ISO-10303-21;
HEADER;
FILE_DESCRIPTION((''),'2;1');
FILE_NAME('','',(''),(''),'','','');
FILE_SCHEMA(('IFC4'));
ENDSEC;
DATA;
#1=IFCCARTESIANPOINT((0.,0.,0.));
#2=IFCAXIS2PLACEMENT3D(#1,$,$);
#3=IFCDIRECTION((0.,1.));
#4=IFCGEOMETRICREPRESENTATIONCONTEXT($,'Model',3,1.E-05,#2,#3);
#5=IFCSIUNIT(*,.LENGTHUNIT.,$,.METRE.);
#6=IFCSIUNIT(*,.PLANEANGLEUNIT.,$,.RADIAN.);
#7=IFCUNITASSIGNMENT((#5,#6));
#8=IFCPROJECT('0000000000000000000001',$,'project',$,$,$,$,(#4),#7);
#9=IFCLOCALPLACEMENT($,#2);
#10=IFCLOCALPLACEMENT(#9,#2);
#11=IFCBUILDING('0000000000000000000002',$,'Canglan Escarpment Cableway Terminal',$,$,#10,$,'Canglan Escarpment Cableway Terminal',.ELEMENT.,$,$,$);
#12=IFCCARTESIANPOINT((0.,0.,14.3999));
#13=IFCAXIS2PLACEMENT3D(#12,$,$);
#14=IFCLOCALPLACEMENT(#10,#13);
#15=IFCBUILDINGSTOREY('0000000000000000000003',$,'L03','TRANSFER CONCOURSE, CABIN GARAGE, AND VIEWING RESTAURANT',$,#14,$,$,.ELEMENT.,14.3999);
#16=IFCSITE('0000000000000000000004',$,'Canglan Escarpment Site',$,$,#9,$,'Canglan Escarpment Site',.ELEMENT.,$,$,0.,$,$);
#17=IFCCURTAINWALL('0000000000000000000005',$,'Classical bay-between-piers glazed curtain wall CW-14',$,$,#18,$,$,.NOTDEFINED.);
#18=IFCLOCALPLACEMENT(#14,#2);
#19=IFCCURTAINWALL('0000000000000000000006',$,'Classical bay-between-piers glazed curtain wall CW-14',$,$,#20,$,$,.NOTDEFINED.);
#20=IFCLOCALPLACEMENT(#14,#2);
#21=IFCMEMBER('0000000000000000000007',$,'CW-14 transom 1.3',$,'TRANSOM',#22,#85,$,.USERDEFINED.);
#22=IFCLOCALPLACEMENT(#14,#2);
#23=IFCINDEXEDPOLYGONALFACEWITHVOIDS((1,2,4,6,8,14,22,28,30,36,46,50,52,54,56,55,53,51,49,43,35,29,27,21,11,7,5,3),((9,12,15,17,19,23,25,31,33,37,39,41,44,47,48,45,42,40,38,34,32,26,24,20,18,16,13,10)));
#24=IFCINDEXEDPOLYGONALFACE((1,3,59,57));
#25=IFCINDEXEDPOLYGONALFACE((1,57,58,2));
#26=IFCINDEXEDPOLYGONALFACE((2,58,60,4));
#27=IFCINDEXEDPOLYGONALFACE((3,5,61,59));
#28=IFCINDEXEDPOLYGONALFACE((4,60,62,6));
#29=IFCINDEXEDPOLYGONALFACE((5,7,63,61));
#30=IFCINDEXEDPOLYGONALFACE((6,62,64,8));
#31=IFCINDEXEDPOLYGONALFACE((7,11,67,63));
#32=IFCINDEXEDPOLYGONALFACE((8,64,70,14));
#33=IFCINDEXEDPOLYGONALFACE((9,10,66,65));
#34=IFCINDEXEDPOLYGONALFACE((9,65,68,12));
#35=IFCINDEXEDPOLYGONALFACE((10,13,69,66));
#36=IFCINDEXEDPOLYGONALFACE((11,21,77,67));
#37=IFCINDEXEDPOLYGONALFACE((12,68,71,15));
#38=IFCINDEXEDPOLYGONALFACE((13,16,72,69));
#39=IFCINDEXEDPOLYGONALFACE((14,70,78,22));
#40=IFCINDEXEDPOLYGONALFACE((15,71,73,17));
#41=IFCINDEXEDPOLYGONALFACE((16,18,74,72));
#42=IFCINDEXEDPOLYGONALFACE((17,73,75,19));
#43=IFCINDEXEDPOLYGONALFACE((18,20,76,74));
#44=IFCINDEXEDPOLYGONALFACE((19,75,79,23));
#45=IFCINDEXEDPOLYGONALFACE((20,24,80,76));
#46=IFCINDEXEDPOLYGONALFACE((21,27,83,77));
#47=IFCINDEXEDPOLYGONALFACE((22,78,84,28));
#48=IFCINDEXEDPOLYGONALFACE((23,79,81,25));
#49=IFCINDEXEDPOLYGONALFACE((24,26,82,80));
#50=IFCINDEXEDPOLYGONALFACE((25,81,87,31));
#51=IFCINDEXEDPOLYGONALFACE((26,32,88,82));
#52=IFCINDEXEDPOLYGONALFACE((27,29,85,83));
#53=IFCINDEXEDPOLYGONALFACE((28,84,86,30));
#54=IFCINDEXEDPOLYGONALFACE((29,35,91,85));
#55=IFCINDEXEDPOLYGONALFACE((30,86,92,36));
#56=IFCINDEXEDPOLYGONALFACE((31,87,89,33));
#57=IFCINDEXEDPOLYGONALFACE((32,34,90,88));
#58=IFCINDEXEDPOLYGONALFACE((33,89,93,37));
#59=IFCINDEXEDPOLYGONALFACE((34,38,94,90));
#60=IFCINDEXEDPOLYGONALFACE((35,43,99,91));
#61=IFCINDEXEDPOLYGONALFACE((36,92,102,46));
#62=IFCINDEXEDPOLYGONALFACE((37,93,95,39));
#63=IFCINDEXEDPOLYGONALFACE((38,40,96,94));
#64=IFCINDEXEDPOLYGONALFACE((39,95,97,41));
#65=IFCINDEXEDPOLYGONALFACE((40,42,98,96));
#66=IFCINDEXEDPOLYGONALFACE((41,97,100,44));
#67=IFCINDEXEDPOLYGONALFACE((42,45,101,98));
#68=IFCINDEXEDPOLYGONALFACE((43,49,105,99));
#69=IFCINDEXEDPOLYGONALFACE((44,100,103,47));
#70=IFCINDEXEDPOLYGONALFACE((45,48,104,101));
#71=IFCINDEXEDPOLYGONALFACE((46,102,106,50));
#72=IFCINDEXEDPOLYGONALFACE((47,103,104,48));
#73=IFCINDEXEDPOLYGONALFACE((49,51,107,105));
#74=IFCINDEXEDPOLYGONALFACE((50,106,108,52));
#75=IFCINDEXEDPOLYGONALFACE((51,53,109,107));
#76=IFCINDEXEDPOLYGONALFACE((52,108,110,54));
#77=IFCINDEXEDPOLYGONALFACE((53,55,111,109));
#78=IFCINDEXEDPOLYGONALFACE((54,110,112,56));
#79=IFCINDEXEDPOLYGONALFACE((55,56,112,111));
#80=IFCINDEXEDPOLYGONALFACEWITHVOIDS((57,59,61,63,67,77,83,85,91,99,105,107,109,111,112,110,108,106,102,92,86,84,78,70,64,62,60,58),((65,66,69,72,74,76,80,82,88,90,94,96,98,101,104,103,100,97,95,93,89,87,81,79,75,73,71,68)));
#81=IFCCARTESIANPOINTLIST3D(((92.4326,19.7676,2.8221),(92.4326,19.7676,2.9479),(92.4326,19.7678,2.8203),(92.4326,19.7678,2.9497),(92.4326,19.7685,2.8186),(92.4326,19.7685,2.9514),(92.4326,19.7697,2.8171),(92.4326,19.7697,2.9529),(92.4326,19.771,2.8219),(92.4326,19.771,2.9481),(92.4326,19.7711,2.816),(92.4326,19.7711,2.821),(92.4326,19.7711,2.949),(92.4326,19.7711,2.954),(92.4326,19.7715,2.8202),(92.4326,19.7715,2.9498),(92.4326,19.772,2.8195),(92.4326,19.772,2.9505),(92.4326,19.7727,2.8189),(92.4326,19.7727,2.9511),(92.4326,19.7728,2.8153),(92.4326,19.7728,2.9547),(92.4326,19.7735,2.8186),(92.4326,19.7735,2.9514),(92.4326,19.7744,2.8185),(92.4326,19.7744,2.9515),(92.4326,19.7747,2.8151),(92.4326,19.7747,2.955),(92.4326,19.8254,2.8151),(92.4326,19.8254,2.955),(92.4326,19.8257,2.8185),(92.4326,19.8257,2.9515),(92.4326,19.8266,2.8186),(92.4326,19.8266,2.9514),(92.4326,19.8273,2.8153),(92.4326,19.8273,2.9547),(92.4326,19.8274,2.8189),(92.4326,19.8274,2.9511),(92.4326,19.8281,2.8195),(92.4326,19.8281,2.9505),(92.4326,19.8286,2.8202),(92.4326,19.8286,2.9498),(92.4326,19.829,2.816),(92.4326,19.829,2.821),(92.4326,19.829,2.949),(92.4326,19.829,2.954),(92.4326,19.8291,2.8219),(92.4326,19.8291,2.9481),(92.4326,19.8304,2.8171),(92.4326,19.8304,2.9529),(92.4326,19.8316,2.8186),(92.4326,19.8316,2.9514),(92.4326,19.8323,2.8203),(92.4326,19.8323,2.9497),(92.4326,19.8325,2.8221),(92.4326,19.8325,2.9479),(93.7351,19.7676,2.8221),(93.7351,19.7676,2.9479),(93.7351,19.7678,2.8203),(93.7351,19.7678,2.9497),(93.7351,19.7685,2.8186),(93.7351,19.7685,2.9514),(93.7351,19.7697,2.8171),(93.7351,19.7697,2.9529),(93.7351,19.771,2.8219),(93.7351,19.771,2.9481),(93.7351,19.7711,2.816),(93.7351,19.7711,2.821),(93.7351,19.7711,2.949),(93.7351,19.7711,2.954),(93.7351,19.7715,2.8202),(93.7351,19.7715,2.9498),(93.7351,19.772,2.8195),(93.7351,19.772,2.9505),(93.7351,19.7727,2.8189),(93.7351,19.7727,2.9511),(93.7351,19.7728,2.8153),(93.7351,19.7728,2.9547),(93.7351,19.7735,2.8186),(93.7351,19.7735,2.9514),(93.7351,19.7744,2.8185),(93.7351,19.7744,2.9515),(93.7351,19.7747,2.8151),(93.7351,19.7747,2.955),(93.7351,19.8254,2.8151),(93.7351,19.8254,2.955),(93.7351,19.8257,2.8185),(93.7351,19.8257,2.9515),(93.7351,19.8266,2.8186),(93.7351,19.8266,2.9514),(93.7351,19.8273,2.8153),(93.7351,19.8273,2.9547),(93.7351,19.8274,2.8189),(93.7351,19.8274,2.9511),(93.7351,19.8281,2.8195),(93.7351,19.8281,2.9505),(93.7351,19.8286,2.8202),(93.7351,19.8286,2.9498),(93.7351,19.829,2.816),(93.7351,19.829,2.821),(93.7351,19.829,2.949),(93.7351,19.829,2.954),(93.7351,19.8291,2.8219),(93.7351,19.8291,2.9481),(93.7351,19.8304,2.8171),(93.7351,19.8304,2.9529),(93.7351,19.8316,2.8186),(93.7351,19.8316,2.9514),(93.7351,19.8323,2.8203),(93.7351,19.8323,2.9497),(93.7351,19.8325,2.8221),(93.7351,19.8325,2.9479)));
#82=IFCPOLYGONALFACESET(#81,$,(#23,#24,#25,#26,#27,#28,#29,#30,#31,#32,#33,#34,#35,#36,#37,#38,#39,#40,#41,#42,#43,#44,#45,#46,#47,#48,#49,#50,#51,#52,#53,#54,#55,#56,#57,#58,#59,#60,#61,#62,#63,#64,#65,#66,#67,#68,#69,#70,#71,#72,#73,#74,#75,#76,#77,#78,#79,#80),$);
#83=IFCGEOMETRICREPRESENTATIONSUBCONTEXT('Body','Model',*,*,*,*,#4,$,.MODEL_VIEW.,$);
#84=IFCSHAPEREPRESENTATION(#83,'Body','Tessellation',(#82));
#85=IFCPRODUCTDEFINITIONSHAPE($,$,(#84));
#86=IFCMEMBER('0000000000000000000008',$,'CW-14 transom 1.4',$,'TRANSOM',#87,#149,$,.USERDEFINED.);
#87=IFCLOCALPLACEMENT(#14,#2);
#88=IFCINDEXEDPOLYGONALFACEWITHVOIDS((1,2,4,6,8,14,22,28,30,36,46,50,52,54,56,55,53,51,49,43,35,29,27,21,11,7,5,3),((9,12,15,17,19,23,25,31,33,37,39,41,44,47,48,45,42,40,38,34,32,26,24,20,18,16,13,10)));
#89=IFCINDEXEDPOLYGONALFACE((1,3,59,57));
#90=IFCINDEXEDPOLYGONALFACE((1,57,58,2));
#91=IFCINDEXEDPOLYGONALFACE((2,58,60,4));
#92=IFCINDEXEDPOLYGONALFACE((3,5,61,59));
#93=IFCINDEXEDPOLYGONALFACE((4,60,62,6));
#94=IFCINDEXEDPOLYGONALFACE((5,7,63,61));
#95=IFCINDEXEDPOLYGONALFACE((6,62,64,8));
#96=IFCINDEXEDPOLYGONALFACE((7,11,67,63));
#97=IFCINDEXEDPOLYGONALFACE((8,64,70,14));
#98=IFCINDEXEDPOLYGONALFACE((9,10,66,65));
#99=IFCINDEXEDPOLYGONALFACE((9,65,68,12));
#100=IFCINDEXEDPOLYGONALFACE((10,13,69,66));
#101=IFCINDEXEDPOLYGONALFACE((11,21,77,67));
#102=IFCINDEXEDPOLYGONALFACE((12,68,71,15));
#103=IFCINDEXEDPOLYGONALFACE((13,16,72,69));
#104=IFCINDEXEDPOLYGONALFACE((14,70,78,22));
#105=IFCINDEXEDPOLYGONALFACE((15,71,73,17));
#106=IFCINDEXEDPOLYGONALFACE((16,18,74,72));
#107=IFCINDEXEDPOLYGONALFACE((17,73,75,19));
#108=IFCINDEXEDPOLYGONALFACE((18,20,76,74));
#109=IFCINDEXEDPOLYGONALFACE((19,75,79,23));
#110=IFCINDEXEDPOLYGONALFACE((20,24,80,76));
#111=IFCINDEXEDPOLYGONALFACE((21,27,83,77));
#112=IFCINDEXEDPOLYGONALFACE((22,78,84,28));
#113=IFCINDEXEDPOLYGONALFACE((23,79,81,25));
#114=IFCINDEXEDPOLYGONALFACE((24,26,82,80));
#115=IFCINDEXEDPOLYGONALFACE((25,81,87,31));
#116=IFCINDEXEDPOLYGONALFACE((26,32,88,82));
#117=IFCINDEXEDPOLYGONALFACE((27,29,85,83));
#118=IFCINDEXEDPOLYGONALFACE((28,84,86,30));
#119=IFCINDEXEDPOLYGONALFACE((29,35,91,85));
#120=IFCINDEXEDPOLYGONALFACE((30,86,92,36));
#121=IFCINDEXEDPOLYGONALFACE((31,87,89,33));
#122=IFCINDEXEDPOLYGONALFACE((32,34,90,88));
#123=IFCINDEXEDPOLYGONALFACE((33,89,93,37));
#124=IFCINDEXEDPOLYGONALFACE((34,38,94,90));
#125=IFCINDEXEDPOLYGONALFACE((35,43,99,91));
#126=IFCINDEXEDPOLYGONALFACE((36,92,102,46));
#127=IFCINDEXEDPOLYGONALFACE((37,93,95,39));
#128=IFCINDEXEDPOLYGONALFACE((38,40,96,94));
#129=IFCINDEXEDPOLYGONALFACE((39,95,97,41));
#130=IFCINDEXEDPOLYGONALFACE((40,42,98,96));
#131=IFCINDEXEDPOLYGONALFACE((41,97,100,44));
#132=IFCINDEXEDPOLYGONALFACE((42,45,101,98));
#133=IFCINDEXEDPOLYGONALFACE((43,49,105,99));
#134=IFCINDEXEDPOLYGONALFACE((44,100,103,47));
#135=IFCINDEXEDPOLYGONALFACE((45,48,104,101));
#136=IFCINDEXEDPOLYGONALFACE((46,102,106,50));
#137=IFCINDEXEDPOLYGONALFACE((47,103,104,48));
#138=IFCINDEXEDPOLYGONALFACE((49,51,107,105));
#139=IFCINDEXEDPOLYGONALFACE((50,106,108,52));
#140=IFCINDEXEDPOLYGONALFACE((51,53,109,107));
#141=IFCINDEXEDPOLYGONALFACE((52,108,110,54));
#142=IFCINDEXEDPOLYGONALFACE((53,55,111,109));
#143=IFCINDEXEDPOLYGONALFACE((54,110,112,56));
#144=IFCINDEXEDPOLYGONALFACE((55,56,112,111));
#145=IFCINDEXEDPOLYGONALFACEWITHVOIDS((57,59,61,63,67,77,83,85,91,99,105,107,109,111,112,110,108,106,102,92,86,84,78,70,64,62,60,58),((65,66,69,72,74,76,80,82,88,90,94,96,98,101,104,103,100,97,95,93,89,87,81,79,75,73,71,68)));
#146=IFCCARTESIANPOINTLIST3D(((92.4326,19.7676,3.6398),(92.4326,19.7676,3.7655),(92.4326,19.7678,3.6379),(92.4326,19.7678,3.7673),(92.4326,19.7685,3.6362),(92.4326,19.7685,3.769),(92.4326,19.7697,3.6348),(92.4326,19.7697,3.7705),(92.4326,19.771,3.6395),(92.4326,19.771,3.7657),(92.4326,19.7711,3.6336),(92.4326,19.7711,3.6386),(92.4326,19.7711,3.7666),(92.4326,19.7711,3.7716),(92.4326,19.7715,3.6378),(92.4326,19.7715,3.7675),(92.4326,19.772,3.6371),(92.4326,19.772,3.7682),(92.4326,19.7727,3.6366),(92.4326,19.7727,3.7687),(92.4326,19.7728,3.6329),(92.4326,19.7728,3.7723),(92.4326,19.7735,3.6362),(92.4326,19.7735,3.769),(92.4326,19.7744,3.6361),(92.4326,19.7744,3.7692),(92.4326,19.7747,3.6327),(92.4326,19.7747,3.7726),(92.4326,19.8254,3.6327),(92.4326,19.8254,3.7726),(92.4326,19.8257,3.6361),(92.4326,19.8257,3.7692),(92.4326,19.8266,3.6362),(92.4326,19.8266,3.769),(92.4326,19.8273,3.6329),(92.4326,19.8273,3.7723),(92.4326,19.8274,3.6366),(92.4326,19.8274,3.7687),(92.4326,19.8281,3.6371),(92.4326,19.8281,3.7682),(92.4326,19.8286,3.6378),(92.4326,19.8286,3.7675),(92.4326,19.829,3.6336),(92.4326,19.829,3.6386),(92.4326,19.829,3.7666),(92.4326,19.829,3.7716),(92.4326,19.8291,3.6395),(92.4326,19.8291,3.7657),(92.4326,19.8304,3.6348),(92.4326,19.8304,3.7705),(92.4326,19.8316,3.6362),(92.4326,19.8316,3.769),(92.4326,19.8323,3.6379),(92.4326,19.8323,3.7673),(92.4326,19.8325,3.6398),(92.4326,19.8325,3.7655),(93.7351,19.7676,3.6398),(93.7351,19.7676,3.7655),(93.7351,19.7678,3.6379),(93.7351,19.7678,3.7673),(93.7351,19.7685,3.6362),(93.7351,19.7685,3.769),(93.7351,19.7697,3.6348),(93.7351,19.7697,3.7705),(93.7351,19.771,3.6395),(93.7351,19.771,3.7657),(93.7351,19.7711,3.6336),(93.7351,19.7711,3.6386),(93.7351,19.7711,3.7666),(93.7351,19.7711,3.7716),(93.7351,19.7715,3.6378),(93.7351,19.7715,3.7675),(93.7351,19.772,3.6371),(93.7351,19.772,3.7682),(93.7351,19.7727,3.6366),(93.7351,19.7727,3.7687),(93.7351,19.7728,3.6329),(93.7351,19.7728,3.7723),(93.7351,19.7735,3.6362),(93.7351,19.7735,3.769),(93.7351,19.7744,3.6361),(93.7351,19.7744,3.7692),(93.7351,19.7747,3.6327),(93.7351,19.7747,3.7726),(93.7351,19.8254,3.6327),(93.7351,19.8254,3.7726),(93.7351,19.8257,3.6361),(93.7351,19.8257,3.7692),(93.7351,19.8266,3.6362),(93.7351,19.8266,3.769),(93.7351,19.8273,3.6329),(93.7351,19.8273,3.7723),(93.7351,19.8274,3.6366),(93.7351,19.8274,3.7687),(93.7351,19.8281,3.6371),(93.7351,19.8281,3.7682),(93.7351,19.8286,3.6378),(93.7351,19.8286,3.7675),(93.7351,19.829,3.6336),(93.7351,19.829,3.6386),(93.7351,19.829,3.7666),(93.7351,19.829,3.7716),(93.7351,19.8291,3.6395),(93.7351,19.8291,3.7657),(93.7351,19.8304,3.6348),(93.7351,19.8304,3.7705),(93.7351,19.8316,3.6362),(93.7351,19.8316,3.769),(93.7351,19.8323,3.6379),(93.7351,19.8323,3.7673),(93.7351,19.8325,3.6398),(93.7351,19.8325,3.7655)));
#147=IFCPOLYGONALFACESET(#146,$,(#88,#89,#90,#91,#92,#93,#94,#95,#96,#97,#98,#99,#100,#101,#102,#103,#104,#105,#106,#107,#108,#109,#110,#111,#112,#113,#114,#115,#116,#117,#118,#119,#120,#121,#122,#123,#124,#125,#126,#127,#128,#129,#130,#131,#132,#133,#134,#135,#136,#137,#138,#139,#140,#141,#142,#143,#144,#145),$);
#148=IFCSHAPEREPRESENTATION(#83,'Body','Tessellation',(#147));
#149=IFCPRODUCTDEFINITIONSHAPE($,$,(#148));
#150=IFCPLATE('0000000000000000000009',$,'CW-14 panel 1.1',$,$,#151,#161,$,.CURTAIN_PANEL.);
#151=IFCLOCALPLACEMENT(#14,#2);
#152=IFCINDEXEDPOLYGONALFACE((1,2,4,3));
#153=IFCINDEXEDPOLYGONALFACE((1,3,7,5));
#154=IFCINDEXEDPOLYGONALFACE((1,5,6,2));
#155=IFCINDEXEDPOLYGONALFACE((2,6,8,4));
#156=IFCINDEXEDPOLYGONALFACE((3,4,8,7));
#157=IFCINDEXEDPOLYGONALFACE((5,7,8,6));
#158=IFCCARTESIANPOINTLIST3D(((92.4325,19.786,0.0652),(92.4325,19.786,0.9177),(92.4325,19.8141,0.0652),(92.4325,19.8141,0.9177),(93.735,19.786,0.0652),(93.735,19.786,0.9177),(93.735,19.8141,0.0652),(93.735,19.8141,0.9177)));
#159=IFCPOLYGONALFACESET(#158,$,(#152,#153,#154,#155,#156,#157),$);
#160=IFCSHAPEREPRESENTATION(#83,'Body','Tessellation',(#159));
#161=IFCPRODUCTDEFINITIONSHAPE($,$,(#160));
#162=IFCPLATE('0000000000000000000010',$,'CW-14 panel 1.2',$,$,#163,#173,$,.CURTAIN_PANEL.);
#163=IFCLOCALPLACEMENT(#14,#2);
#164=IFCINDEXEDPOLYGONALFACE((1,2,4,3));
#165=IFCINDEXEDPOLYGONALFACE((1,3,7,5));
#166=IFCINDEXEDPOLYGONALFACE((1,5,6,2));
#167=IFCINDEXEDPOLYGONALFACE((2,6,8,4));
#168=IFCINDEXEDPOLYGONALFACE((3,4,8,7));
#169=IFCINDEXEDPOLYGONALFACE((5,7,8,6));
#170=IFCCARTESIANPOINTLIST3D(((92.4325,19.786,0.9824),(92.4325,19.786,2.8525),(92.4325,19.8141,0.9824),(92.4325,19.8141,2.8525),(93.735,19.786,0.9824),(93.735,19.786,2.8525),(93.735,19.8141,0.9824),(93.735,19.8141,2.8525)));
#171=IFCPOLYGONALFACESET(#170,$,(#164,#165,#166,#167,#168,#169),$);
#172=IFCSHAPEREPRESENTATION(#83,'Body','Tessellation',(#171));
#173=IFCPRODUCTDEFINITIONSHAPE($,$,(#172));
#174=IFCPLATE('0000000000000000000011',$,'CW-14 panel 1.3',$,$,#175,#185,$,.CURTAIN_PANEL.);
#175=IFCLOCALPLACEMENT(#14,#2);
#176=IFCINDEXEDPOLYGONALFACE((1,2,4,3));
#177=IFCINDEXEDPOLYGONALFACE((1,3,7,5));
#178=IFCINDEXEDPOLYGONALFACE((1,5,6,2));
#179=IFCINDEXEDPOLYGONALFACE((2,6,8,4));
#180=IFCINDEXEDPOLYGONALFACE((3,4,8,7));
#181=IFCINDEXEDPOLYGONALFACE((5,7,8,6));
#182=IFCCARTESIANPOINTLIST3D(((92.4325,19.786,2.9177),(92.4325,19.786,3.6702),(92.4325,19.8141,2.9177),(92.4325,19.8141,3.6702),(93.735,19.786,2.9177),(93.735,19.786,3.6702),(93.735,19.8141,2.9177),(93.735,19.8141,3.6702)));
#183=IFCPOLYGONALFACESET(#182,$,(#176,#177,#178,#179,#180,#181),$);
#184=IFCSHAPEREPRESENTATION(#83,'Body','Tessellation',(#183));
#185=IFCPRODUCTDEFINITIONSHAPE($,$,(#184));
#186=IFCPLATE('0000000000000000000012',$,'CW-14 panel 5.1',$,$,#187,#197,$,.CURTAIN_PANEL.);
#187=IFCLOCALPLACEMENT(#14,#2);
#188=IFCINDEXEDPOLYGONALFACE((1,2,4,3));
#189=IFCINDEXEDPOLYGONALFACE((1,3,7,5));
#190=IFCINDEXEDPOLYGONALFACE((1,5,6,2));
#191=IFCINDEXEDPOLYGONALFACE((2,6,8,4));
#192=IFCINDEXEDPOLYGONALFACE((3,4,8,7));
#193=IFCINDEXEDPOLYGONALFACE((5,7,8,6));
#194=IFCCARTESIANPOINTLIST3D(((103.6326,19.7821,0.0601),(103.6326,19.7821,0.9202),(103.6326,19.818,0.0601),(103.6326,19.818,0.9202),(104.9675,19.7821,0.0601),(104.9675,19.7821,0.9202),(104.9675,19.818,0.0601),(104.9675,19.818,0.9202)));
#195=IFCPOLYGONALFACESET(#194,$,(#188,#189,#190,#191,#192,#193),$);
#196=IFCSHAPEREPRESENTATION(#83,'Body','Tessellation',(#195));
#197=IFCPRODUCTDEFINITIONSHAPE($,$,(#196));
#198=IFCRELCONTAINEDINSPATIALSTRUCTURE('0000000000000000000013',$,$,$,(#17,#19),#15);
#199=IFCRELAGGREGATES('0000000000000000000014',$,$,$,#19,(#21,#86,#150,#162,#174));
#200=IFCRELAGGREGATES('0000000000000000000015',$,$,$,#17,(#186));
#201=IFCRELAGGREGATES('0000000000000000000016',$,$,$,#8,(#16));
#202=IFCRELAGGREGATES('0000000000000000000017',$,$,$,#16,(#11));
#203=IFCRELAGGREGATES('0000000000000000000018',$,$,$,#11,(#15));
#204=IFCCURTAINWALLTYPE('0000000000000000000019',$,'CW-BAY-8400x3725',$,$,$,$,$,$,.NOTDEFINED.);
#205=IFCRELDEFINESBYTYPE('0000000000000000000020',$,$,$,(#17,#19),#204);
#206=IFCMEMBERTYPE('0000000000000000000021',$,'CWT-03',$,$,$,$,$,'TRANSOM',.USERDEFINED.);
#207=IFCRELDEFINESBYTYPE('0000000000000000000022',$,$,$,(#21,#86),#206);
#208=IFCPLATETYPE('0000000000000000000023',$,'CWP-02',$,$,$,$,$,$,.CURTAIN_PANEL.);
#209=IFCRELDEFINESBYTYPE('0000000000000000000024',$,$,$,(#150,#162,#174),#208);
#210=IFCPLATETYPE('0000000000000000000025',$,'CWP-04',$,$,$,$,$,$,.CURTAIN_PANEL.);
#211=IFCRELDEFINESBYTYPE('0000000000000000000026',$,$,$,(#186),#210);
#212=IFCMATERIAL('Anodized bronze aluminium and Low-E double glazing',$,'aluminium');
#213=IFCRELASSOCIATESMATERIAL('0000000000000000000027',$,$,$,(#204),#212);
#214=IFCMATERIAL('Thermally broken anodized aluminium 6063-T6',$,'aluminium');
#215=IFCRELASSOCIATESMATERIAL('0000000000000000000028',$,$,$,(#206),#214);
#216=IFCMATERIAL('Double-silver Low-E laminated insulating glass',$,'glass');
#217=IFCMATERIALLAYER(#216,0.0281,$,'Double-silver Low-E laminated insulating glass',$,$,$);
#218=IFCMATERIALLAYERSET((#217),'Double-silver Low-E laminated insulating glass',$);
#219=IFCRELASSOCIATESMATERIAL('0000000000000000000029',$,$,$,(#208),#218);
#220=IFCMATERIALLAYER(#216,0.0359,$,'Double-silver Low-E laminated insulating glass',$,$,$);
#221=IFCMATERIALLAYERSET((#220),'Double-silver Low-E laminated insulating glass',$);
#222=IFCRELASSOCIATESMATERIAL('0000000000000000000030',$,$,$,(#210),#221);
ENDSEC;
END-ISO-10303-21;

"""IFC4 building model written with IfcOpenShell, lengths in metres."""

from ifc_helpers import new_model, si_unit, direction, frame, origin, origin_2d, place, context, subcontext, project, spatial, rectangle, hollow_rectangle, extrude, material, layer, layer_set, material_profile, profile_set, type_object, element, aggregate, save


model = new_model("IFC4")

# Units and contexts
model_context = context("Model", 3, precision=1e-05, world=origin(), true_north=direction((0.0, 1.0)))
body_context = subcontext(model_context, "Body", "Model", "MODEL_VIEW")
ifc_project = project(units=[si_unit("LENGTHUNIT", "METRE"), si_unit("PLANEANGLEUNIT", "RADIAN")], contexts=[model_context])

# Site, building, storey
site_placement = place(None, origin())
site = spatial("IfcSite", under=ifc_project, at=site_placement, Name="Canglan Escarpment Site", LongName="Canglan Escarpment Site", CompositionType="ELEMENT", RefElevation=0.0)
building_placement = place(site_placement, origin())
building = spatial("IfcBuilding", under=site, at=building_placement, Name="Canglan Escarpment Cableway Terminal", LongName="Canglan Escarpment Cableway Terminal", CompositionType="ELEMENT")
storey_placement = place(building_placement, frame((0.0, 0.0, 14.3999)))
storey = spatial("IfcBuildingStorey", under=building, at=storey_placement, Name="L03", Description="TRANSFER CONCOURSE, CABIN GARAGE, AND VIEWING RESTAURANT", CompositionType="ELEMENT", Elevation=14.3999)

# Curtain wall
ifc_material_1 = material(Name="Anodized bronze aluminium and Low-E double glazing", Category="aluminium")
curtain_wall_type = type_object("IfcCurtainWallType", Name="CW-BAY-8400x3725", PredefinedType="NOTDEFINED", material=ifc_material_1)
curtain_wall_1_placement = place(storey_placement, origin())
curtain_wall_1 = element("IfcCurtainWall", 1, at=curtain_wall_1_placement, inside=storey, type_object=curtain_wall_type, Name="Classical bay-between-piers glazed curtain wall CW-14", PredefinedType="NOTDEFINED")
ifc_material_2 = material(Name="Thermally broken anodized aluminium 6063-T6", Category="aluminium")

# Curtain wall
curtain_wall_2_placement = place(storey_placement, origin())
curtain_wall_2 = element("IfcCurtainWall", 2, at=curtain_wall_2_placement, inside=storey, type_object=curtain_wall_type, Name="Classical bay-between-piers glazed curtain wall CW-14", PredefinedType="NOTDEFINED")

# Members
ifc_material_profile_1 = material_profile(ifc_material_2, hollow_rectangle(XDim=0.0649, YDim=0.1399, WallThickness=0.0034, InnerFilletRadius=0.0034, OuterFilletRadius=0.0071, at=origin_2d()), Name="ALU-TRAN 65x140x3.5")
ifc_profile_set_1 = profile_set([ifc_material_profile_1], Name="Thermally broken anodized aluminium 6063-T6")
member_type_1 = type_object("IfcMemberType", Name="CWT-03", ElementType="TRANSOM", PredefinedType="USERDEFINED", material=ifc_profile_set_1)
member_1_placement = place(storey_placement, frame((93.7351, 19.8, 2.885), z_axis=(-1.0, 0.0, 0.0), x_axis=(0.0, -1.0, 0.0)))
member_1 = element("IfcMember", 3, at=member_1_placement, type_object=member_type_1, Name="CW-14 transom 1.3", ObjectType="TRANSOM", PredefinedType="USERDEFINED", context=body_context, shape_type="SweptSolid", body=[
    extrude(hollow_rectangle(XDim=0.0649, YDim=0.1399, WallThickness=0.0034, InnerFilletRadius=0.0034, OuterFilletRadius=0.0071, at=origin_2d()), origin(), (0.0, 0.0, 1.0), 1.3025),
])
member_2_placement = place(storey_placement, frame((93.7351, 19.8, 3.7026), z_axis=(-1.0, 0.0, 0.0), x_axis=(0.0, -1.0, 0.0)))
member_2 = element("IfcMember", 4, at=member_2_placement, type_object=member_type_1, Name="CW-14 transom 1.4", ObjectType="TRANSOM", PredefinedType="USERDEFINED", context=body_context, shape_type="SweptSolid", body=[
    extrude(hollow_rectangle(XDim=0.0649, YDim=0.1399, WallThickness=0.0034, InnerFilletRadius=0.0034, OuterFilletRadius=0.0071, at=origin_2d()), origin(), (0.0, 0.0, 1.0), 1.3025),
])

# Plates
ifc_material_3 = material(Name="Double-silver Low-E laminated insulating glass", Category="glass")
ifc_layer_1 = layer(ifc_material_3, 0.0281, Name="Double-silver Low-E laminated insulating glass")
ifc_layer_set_1 = layer_set([ifc_layer_1], Name="Double-silver Low-E laminated insulating glass")
plate_type_1 = type_object("IfcPlateType", Name="CWP-02", PredefinedType="CURTAIN_PANEL", material=ifc_layer_set_1)
plate_1_placement = place(storey_placement, frame((93.0837, 19.8, 0.0652), z_axis=(0.0, 0.0, 1.0), x_axis=(-1.0, 0.0, 0.0)))
plate_1 = element("IfcPlate", 5, at=plate_1_placement, type_object=plate_type_1, Name="CW-14 panel 1.1", PredefinedType="CURTAIN_PANEL", context=body_context, shape_type="SweptSolid", body=[
    extrude(rectangle(XDim=1.3025, YDim=0.0281, at=origin_2d()), origin(), (0.0, 0.0, 1.0), 0.8525),
])
plate_2_placement = place(storey_placement, frame((93.0837, 19.8, 0.9824), z_axis=(0.0, 0.0, 1.0), x_axis=(-1.0, 0.0, 0.0)))
plate_2 = element("IfcPlate", 6, at=plate_2_placement, type_object=plate_type_1, Name="CW-14 panel 1.2", PredefinedType="CURTAIN_PANEL", context=body_context, shape_type="SweptSolid", body=[
    extrude(rectangle(XDim=1.3025, YDim=0.0281, at=origin_2d()), origin(), (0.0, 0.0, 1.0), 1.8701),
])
plate_3_placement = place(storey_placement, frame((93.0837, 19.8, 2.9177), z_axis=(0.0, 0.0, 1.0), x_axis=(-1.0, 0.0, 0.0)))
plate_3 = element("IfcPlate", 7, at=plate_3_placement, type_object=plate_type_1, Name="CW-14 panel 1.3", PredefinedType="CURTAIN_PANEL", context=body_context, shape_type="SweptSolid", body=[
    extrude(rectangle(XDim=1.3025, YDim=0.0281, at=origin_2d()), origin(), (0.0, 0.0, 1.0), 0.7524),
])
aggregate(curtain_wall_2, [member_1, member_2, plate_1, plate_2, plate_3])
ifc_layer_2 = layer(ifc_material_3, 0.0359, Name="Double-silver Low-E laminated insulating glass")
ifc_layer_set_2 = layer_set([ifc_layer_2], Name="Double-silver Low-E laminated insulating glass")
plate_type_2 = type_object("IfcPlateType", Name="CWP-04", PredefinedType="CURTAIN_PANEL", material=ifc_layer_set_2)
plate_4_placement = place(storey_placement, frame((104.3, 19.8, 0.0601), z_axis=(0.0, 0.0, 1.0), x_axis=(-1.0, 0.0, 0.0)))
plate_4 = element("IfcPlate", 8, at=plate_4_placement, type_object=plate_type_2, Name="CW-14 panel 5.1", PredefinedType="CURTAIN_PANEL", context=body_context, shape_type="SweptSolid", body=[
    extrude(rectangle(XDim=1.335, YDim=0.0359, at=origin_2d()), origin(), (0.0, 0.0, 1.0), 0.8601),
])
aggregate(curtain_wall_1, [plate_4])

save(model, "model.ifc")
